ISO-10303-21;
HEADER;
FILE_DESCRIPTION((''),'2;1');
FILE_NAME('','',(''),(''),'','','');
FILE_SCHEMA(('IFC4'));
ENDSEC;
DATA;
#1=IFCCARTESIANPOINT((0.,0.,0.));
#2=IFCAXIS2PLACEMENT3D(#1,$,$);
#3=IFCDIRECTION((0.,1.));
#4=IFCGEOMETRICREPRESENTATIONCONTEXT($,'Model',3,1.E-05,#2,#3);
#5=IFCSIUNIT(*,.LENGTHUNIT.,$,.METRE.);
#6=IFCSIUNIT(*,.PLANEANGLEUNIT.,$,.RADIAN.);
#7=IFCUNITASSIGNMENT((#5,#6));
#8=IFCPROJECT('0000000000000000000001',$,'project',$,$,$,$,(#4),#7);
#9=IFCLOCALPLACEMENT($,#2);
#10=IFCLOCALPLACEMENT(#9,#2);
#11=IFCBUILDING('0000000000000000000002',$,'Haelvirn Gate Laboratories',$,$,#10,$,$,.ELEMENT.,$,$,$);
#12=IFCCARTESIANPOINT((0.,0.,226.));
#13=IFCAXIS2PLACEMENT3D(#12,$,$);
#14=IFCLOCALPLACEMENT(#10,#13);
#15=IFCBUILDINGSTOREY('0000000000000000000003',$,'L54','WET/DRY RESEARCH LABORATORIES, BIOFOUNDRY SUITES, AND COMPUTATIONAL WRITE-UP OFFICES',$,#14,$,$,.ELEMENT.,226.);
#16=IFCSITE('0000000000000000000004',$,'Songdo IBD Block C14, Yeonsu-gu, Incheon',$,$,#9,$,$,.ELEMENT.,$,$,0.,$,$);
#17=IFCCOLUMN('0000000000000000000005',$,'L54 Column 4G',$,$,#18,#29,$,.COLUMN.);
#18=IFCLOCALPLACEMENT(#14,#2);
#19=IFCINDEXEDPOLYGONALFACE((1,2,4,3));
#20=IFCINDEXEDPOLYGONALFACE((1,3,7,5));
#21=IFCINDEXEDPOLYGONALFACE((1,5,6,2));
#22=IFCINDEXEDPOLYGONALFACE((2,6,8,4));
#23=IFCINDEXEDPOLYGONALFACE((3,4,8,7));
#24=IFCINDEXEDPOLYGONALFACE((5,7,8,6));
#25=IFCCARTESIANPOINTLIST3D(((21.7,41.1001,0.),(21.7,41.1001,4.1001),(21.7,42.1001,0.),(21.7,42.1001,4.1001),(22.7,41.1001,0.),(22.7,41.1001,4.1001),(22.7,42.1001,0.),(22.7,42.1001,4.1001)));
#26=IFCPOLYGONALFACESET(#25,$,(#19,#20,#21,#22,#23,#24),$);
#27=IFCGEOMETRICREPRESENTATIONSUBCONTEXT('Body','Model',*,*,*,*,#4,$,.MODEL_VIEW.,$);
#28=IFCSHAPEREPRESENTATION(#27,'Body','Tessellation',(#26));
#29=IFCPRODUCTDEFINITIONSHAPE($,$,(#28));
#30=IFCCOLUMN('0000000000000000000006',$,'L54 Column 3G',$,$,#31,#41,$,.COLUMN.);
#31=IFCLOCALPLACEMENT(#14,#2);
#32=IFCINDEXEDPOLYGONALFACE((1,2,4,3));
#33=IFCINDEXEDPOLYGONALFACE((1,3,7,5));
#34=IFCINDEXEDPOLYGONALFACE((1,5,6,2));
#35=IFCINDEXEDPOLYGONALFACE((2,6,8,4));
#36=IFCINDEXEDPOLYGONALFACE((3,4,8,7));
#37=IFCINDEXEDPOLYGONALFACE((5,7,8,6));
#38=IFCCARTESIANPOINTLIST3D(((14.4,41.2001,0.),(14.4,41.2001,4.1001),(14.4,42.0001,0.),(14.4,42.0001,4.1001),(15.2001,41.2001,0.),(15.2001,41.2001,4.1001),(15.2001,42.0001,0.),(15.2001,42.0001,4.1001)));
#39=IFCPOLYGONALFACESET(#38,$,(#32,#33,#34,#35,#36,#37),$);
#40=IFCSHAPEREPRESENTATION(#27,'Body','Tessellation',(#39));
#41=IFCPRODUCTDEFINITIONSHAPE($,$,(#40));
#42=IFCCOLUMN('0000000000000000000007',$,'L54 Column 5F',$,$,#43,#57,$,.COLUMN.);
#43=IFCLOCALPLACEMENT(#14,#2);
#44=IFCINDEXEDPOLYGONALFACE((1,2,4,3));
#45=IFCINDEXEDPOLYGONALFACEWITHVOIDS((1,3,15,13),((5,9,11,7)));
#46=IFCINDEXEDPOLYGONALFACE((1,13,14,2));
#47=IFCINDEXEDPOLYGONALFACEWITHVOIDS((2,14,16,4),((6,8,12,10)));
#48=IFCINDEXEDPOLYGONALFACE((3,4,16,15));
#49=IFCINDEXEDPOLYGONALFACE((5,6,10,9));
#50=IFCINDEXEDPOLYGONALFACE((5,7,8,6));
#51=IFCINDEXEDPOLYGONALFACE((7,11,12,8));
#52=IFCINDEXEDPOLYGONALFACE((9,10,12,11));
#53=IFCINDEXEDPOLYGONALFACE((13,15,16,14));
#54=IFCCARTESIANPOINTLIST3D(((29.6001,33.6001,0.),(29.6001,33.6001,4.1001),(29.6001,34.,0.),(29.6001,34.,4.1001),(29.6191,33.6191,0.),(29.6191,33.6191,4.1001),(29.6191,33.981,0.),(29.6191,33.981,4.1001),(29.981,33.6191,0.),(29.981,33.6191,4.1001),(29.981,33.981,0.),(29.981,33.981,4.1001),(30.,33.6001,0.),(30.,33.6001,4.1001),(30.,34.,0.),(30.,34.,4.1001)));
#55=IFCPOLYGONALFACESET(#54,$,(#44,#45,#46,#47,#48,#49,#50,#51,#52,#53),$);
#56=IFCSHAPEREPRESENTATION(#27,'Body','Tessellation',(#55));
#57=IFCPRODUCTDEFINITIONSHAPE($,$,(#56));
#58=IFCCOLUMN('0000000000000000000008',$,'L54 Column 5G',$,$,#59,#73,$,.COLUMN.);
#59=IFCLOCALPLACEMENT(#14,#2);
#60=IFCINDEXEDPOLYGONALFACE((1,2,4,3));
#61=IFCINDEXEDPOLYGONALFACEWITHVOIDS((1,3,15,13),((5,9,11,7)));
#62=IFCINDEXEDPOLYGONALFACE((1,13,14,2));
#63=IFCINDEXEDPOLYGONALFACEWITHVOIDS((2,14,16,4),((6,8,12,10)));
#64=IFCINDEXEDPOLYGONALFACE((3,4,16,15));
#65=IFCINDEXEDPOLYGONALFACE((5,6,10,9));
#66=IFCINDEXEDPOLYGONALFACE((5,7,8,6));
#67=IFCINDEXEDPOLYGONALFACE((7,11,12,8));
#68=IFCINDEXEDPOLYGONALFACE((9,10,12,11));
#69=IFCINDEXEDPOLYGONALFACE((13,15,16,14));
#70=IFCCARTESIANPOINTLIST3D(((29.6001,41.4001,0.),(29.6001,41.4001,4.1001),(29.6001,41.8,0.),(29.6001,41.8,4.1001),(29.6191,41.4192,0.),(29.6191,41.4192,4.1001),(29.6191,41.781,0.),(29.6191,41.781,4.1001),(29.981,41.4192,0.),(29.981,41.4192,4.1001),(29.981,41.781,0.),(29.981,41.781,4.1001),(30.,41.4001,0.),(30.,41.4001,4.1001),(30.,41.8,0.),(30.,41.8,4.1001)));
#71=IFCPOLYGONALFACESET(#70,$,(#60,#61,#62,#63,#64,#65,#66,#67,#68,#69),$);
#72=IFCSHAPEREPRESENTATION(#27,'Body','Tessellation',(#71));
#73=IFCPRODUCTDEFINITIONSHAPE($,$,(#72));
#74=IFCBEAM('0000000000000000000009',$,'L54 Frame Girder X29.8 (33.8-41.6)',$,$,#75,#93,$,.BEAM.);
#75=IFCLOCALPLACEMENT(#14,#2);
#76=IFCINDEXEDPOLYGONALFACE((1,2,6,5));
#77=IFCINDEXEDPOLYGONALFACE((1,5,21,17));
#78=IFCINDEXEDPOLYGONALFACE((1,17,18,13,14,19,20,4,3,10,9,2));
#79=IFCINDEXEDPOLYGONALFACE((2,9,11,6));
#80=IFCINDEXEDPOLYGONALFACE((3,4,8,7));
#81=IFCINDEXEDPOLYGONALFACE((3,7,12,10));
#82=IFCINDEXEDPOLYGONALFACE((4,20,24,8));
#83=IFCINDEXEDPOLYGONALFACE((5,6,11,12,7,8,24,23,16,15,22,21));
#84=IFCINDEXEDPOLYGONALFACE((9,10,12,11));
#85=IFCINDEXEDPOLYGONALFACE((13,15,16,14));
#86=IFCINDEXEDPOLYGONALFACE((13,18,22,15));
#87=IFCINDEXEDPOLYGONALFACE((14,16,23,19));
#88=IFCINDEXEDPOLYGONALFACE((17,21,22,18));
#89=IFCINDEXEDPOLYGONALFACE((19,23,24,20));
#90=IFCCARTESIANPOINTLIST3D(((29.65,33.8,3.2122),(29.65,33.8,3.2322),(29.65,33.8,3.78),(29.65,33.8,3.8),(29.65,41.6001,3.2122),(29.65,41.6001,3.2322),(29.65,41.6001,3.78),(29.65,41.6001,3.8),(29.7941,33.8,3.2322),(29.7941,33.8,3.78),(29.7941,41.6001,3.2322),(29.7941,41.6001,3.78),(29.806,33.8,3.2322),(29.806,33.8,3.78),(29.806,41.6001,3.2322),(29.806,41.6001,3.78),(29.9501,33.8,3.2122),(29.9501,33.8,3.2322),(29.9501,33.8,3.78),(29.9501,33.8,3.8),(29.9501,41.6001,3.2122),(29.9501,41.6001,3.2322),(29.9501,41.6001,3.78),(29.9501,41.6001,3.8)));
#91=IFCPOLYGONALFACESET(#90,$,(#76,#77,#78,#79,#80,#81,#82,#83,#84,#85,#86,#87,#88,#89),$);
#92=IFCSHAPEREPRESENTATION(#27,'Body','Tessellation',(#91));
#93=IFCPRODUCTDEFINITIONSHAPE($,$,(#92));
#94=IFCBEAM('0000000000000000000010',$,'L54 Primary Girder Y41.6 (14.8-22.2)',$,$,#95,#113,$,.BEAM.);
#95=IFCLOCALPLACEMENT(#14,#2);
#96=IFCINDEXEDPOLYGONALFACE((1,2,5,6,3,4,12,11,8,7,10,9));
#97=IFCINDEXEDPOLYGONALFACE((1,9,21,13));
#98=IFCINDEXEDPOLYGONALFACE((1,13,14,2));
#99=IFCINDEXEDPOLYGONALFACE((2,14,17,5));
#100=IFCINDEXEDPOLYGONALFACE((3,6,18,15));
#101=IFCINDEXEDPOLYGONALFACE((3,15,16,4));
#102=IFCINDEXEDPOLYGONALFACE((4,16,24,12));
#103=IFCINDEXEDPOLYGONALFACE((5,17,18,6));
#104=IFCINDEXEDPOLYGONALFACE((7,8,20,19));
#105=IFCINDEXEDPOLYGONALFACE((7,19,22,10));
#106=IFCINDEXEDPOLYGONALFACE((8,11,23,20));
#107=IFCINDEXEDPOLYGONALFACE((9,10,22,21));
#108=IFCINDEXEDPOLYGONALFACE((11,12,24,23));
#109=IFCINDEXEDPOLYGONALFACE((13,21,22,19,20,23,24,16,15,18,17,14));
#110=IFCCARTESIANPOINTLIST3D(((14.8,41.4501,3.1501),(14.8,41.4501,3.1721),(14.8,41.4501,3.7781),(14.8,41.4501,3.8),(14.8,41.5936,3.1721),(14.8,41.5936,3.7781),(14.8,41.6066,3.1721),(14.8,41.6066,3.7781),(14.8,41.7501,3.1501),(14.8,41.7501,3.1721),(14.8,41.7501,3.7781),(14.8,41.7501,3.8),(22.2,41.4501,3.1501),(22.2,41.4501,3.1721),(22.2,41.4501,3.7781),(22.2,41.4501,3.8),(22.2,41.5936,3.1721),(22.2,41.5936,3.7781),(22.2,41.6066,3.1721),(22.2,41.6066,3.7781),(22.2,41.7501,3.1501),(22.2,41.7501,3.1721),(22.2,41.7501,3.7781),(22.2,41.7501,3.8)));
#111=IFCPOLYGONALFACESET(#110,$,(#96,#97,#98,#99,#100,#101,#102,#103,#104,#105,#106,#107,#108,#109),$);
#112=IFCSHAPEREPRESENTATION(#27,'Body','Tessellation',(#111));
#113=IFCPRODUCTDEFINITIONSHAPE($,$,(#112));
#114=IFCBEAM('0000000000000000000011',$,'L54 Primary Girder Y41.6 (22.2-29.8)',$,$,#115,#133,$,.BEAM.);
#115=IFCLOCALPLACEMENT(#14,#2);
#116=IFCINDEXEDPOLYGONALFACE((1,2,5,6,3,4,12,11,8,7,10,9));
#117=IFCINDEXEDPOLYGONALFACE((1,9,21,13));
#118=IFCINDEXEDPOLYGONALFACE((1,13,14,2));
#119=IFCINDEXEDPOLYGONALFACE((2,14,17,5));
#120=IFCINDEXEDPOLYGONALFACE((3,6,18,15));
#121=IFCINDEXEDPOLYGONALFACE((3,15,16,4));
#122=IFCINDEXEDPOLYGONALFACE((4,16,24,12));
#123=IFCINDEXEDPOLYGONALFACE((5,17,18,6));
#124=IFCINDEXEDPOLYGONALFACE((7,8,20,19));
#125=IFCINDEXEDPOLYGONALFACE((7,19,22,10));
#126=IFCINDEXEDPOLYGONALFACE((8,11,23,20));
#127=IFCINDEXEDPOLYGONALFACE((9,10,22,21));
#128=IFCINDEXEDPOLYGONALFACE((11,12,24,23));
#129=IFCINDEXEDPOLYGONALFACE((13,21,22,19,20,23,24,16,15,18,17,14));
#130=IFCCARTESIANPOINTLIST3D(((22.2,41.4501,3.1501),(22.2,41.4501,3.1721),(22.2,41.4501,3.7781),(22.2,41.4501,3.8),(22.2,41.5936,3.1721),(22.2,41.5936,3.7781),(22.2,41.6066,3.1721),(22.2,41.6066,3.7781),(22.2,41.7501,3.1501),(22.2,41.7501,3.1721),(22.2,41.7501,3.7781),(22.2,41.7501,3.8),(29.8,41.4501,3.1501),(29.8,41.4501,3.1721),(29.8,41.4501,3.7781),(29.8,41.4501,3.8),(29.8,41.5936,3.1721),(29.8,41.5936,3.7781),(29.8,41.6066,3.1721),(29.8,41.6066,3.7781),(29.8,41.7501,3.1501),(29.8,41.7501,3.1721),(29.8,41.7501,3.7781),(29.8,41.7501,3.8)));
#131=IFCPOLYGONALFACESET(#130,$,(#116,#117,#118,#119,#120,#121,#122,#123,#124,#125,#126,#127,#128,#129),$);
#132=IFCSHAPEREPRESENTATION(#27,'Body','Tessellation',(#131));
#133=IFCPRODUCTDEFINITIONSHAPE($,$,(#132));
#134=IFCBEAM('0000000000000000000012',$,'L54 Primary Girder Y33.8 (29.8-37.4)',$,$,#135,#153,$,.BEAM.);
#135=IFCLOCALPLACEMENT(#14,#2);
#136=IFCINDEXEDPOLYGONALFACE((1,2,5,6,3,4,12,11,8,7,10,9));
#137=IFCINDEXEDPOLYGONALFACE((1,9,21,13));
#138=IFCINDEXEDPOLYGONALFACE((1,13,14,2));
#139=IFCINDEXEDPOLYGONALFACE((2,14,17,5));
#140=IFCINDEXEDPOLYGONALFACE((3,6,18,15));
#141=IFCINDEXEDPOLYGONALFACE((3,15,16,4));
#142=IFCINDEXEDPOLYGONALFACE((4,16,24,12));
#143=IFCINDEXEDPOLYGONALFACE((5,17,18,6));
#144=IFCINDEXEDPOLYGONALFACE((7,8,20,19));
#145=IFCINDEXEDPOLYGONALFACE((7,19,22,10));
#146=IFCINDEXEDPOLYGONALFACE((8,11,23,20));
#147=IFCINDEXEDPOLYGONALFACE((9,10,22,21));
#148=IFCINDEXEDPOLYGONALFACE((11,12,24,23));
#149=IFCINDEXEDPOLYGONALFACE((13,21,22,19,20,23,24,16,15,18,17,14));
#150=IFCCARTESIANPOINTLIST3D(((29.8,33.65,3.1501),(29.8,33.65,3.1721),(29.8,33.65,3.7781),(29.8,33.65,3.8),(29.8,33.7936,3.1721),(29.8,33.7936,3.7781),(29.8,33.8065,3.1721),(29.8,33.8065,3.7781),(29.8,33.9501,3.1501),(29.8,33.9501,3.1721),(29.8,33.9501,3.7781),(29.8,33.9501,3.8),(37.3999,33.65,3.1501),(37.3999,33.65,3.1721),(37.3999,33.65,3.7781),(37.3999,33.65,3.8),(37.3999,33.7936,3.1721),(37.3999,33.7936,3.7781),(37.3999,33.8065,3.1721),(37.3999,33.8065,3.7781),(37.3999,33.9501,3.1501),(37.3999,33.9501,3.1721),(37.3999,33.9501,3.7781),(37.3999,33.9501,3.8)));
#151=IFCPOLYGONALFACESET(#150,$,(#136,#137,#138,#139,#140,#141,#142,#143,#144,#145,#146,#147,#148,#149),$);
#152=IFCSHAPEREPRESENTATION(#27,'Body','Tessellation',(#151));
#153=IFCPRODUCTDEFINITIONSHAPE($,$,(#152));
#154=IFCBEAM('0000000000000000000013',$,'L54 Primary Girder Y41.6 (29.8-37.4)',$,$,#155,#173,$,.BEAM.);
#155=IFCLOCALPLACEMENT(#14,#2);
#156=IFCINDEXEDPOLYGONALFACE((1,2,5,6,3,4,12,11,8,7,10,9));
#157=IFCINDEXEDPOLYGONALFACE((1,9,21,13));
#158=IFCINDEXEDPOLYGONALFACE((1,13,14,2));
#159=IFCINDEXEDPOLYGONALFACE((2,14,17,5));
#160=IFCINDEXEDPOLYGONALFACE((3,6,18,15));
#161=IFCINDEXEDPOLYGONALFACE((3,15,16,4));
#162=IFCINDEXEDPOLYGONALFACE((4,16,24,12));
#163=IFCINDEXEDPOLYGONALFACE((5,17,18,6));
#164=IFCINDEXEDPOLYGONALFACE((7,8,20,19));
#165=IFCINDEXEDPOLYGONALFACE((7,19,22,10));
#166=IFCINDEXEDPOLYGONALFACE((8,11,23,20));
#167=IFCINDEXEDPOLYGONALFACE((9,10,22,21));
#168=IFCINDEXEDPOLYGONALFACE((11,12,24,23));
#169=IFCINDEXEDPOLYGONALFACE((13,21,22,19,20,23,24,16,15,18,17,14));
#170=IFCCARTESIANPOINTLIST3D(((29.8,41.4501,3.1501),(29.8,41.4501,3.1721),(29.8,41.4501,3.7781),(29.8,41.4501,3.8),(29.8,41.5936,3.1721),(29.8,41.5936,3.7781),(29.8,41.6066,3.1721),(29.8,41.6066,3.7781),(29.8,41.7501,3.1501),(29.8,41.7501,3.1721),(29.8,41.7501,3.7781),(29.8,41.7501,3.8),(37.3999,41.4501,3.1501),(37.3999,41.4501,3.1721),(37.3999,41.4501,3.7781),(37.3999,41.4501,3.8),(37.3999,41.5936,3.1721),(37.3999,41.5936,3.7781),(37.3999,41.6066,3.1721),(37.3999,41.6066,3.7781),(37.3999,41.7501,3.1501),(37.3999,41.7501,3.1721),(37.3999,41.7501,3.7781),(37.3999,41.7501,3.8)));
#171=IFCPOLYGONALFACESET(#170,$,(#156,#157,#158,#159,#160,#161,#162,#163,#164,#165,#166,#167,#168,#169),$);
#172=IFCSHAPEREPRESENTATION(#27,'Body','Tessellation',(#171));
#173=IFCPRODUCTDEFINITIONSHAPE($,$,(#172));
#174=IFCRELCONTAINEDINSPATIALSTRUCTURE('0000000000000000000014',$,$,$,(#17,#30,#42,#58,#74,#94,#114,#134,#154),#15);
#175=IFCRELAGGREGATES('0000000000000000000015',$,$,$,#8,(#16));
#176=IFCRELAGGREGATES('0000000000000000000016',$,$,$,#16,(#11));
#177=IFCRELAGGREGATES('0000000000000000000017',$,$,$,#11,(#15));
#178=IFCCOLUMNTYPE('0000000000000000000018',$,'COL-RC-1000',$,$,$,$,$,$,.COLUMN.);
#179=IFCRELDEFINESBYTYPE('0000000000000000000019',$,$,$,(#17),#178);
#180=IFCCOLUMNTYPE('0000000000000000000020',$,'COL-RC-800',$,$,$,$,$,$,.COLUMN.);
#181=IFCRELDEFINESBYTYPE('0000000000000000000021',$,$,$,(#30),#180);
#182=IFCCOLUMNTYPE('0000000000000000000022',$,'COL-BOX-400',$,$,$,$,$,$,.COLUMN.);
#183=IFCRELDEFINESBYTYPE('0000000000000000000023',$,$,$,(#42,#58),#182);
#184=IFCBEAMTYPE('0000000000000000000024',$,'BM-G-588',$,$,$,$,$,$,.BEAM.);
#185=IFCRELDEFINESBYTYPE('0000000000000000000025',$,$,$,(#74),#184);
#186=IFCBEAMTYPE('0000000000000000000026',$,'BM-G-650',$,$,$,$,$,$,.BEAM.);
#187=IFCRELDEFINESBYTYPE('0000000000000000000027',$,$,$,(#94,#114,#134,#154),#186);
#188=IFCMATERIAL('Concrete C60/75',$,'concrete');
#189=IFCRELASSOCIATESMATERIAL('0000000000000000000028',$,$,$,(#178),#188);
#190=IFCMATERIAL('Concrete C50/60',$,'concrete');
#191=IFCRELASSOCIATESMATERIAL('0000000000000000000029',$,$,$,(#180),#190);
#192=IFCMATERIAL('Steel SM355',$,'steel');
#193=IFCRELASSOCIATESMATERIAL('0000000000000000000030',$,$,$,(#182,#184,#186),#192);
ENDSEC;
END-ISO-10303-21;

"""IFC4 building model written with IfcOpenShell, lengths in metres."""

from ifc_helpers import new_model, si_unit, direction, frame, origin, origin_2d, place, context, subcontext, project, spatial, rectangle, hollow_rectangle, i_section, extrude, source, transform, mapped, material, material_profile, profile_set, type_object, type_shapes, element, save


model = new_model("IFC4")

# Units and contexts
model_context = context("Model", 3, precision=1e-05, world=origin(), true_north=direction((0.0, 1.0)))
body_context = subcontext(model_context, "Body", "Model", "MODEL_VIEW")
ifc_project = project(units=[si_unit("LENGTHUNIT", "METRE"), si_unit("PLANEANGLEUNIT", "RADIAN")], contexts=[model_context])

# Site, building, storey
site_placement = place(None, origin())
site = spatial("IfcSite", under=ifc_project, at=site_placement, Name="Songdo IBD Block C14, Yeonsu-gu, Incheon", CompositionType="ELEMENT", RefElevation=0.0)
building_placement = place(site_placement, origin())
building = spatial("IfcBuilding", under=site, at=building_placement, Name="Haelvirn Gate Laboratories", CompositionType="ELEMENT")
storey_placement = place(building_placement, frame((0.0, 0.0, 226.0)))
storey = spatial("IfcBuildingStorey", under=building, at=storey_placement, Name="L54", Description="WET/DRY RESEARCH LABORATORIES, BIOFOUNDRY SUITES, AND COMPUTATIONAL WRITE-UP OFFICES", CompositionType="ELEMENT", Elevation=226.0)

# Columns
ifc_material_1 = material(Name="Concrete C60/75", Category="concrete")
ifc_material_profile_1 = material_profile(ifc_material_1, rectangle(XDim=1.0, YDim=1.0, at=origin_2d()), Name="RC-1000x1000")
ifc_profile_set_1 = profile_set([ifc_material_profile_1], Name="Concrete C60/75")
column_type_1 = type_object("IfcColumnType", Name="COL-RC-1000", PredefinedType="COLUMN", material=ifc_profile_set_1)
shared_shape_1 = source(origin(), body_context, "Body", "SweptSolid", [
    extrude(rectangle(XDim=1.0, YDim=1.0, at=origin_2d()), origin(), (0.0, 0.0, 1.0), 4.1001),
])
type_shapes(column_type_1, [shared_shape_1])
column_1_placement = place(storey_placement, frame((22.2, 41.6001, 0.0), z_axis=(0.0, 0.0, 1.0), x_axis=(1.0, 0.0, 0.0)))
element("IfcColumn", 1, at=column_1_placement, inside=storey, type_object=column_type_1, Name="L54 Column 4G", PredefinedType="COLUMN", context=body_context, shape_type="MappedRepresentation", body=[
    mapped(shared_shape_1, transform((0.0, 0.0, 0.0), scale=1.0)),
])
ifc_material_2 = material(Name="Concrete C50/60", Category="concrete")
ifc_material_profile_2 = material_profile(ifc_material_2, rectangle(XDim=0.8, YDim=0.8, at=origin_2d()), Name="RC-800x800")
ifc_profile_set_2 = profile_set([ifc_material_profile_2], Name="Concrete C50/60")
column_type_2 = type_object("IfcColumnType", Name="COL-RC-800", PredefinedType="COLUMN", material=ifc_profile_set_2)
shared_shape_2 = source(origin(), body_context, "Body", "SweptSolid", [
    extrude(rectangle(XDim=0.8, YDim=0.8, at=origin_2d()), origin(), (0.0, 0.0, 1.0), 4.1001),
])
type_shapes(column_type_2, [shared_shape_2])
column_2_placement = place(storey_placement, frame((14.8, 41.6001, 0.0), z_axis=(0.0, 0.0, 1.0), x_axis=(1.0, 0.0, 0.0)))
element("IfcColumn", 2, at=column_2_placement, inside=storey, type_object=column_type_2, Name="L54 Column 3G", PredefinedType="COLUMN", context=body_context, shape_type="MappedRepresentation", body=[
    mapped(shared_shape_2, transform((0.0, 0.0, 0.0), scale=1.0)),
])
ifc_material_3 = material(Name="Steel SM355", Category="steel")
ifc_material_profile_3 = material_profile(ifc_material_3, hollow_rectangle(XDim=0.3999, YDim=0.3999, WallThickness=0.019, at=origin_2d()), Name="BOX-400x400x19")
ifc_profile_set_3 = profile_set([ifc_material_profile_3], Name="Steel SM355")
column_type_3 = type_object("IfcColumnType", Name="COL-BOX-400", PredefinedType="COLUMN", material=ifc_profile_set_3)
shared_shape_3 = source(origin(), body_context, "Body", "SweptSolid", [
    extrude(hollow_rectangle(XDim=0.3999, YDim=0.3999, WallThickness=0.019, at=origin_2d()), origin(), (0.0, 0.0, 1.0), 4.1001),
])
type_shapes(column_type_3, [shared_shape_3])
for number, where, z_axis, x_axis, name in (
    (3, (29.8, 33.8, 0.0), (0.0, 0.0, 1.0), (1.0, 0.0, 0.0), "L54 Column 5F"),
    (4, (29.8, 41.6001, 0.0), (0.0, 0.0, 1.0), (1.0, 0.0, 0.0), "L54 Column 5G"),
):
    element("IfcColumn", number, at=place(storey_placement, frame(where, z_axis=z_axis, x_axis=x_axis)), inside=storey, type_object=column_type_3, Name=name, PredefinedType="COLUMN", context=body_context, shape_type="MappedRepresentation", body=[
        mapped(shared_shape_3, transform((0.0, 0.0, 0.0), scale=1.0)),
    ])

# Beams
ifc_material_profile_4 = material_profile(ifc_material_3, i_section(OverallWidth=0.3, OverallDepth=0.5879, WebThickness=0.012, FlangeThickness=0.02, at=origin_2d()), Name="H-588x300x12x20")
ifc_profile_set_4 = profile_set([ifc_material_profile_4], Name="Steel SM355")
beam_type_1 = type_object("IfcBeamType", Name="BM-G-588", PredefinedType="BEAM", material=ifc_profile_set_4)
shared_shape_4 = source(origin(), body_context, "Body", "SweptSolid", [
    extrude(i_section(OverallWidth=0.3, OverallDepth=0.5879, WebThickness=0.012, FlangeThickness=0.02, at=origin_2d()), origin(), (0.0, 0.0, 1.0), 7.8),
])
type_shapes(beam_type_1, [shared_shape_4])
beam_1_placement = place(storey_placement, frame((29.8, 33.8, 3.5061), z_axis=(0.0, 1.0, 0.0), x_axis=(-1.0, 0.0, 0.0)))
element("IfcBeam", 5, at=beam_1_placement, inside=storey, type_object=beam_type_1, Name="L54 Frame Girder X29.8 (33.8-41.6)", PredefinedType="BEAM", context=body_context, shape_type="MappedRepresentation", body=[
    mapped(shared_shape_4, transform((0.0, 0.0, 0.0), scale=1.0)),
])
ifc_material_profile_5 = material_profile(ifc_material_3, i_section(OverallWidth=0.3, OverallDepth=0.6499, WebThickness=0.0129, FlangeThickness=0.022, at=origin_2d()), Name="H-650x300x13x22")
ifc_profile_set_5 = profile_set([ifc_material_profile_5], Name="Steel SM355")
beam_type_2 = type_object("IfcBeamType", Name="BM-G-650", PredefinedType="BEAM", material=ifc_profile_set_5)
shared_shape_5 = source(origin(), body_context, "Body", "SweptSolid", [
    extrude(i_section(OverallWidth=0.3, OverallDepth=0.6499, WebThickness=0.0129, FlangeThickness=0.022, at=origin_2d()), origin(), (0.0, 0.0, 1.0), 7.3999),
])
beam_2_placement = place(storey_placement, frame((14.8, 41.6001, 3.4751), z_axis=(1.0, 0.0, 0.0), x_axis=(0.0, 1.0, 0.0)))
element("IfcBeam", 6, at=beam_2_placement, inside=storey, type_object=beam_type_2, Name="L54 Primary Girder Y41.6 (14.8-22.2)", PredefinedType="BEAM", context=body_context, shape_type="MappedRepresentation", body=[
    mapped(shared_shape_5, transform((0.0, 0.0, 0.0), scale=1.0)),
])
shared_shape_6 = source(origin(), body_context, "Body", "SweptSolid", [
    extrude(i_section(OverallWidth=0.3, OverallDepth=0.6499, WebThickness=0.0129, FlangeThickness=0.022, at=origin_2d()), origin(), (0.0, 0.0, 1.0), 7.6001),
])
beam_3_placement = place(storey_placement, frame((22.2, 41.6001, 3.4751), z_axis=(1.0, 0.0, 0.0), x_axis=(0.0, 1.0, 0.0)))
element("IfcBeam", 7, at=beam_3_placement, inside=storey, type_object=beam_type_2, Name="L54 Primary Girder Y41.6 (22.2-29.8)", PredefinedType="BEAM", context=body_context, shape_type="MappedRepresentation", body=[
    mapped(shared_shape_6, transform((0.0, 0.0, 0.0), scale=1.0)),
])
shared_shape_7 = source(origin(), body_context, "Body", "SweptSolid", [
    extrude(i_section(OverallWidth=0.3, OverallDepth=0.6499, WebThickness=0.0129, FlangeThickness=0.022, at=origin_2d()), origin(), (0.0, 0.0, 1.0), 7.5999),
])
type_shapes(beam_type_2, [shared_shape_5, shared_shape_6, shared_shape_7])
for number, where, z_axis, x_axis, name in (
    (8, (29.8, 33.8, 3.4751), (1.0, 0.0, 0.0), (0.0, 1.0, 0.0), "L54 Primary Girder Y33.8 (29.8-37.4)"),
    (9, (29.8, 41.6001, 3.4751), (1.0, 0.0, 0.0), (0.0, 1.0, 0.0), "L54 Primary Girder Y41.6 (29.8-37.4)"),
):
    element("IfcBeam", number, at=place(storey_placement, frame(where, z_axis=z_axis, x_axis=x_axis)), inside=storey, type_object=beam_type_2, Name=name, PredefinedType="BEAM", context=body_context, shape_type="MappedRepresentation", body=[
        mapped(shared_shape_7, transform((0.0, 0.0, 0.0), scale=1.0)),
    ])

save(model, "model.ifc")
